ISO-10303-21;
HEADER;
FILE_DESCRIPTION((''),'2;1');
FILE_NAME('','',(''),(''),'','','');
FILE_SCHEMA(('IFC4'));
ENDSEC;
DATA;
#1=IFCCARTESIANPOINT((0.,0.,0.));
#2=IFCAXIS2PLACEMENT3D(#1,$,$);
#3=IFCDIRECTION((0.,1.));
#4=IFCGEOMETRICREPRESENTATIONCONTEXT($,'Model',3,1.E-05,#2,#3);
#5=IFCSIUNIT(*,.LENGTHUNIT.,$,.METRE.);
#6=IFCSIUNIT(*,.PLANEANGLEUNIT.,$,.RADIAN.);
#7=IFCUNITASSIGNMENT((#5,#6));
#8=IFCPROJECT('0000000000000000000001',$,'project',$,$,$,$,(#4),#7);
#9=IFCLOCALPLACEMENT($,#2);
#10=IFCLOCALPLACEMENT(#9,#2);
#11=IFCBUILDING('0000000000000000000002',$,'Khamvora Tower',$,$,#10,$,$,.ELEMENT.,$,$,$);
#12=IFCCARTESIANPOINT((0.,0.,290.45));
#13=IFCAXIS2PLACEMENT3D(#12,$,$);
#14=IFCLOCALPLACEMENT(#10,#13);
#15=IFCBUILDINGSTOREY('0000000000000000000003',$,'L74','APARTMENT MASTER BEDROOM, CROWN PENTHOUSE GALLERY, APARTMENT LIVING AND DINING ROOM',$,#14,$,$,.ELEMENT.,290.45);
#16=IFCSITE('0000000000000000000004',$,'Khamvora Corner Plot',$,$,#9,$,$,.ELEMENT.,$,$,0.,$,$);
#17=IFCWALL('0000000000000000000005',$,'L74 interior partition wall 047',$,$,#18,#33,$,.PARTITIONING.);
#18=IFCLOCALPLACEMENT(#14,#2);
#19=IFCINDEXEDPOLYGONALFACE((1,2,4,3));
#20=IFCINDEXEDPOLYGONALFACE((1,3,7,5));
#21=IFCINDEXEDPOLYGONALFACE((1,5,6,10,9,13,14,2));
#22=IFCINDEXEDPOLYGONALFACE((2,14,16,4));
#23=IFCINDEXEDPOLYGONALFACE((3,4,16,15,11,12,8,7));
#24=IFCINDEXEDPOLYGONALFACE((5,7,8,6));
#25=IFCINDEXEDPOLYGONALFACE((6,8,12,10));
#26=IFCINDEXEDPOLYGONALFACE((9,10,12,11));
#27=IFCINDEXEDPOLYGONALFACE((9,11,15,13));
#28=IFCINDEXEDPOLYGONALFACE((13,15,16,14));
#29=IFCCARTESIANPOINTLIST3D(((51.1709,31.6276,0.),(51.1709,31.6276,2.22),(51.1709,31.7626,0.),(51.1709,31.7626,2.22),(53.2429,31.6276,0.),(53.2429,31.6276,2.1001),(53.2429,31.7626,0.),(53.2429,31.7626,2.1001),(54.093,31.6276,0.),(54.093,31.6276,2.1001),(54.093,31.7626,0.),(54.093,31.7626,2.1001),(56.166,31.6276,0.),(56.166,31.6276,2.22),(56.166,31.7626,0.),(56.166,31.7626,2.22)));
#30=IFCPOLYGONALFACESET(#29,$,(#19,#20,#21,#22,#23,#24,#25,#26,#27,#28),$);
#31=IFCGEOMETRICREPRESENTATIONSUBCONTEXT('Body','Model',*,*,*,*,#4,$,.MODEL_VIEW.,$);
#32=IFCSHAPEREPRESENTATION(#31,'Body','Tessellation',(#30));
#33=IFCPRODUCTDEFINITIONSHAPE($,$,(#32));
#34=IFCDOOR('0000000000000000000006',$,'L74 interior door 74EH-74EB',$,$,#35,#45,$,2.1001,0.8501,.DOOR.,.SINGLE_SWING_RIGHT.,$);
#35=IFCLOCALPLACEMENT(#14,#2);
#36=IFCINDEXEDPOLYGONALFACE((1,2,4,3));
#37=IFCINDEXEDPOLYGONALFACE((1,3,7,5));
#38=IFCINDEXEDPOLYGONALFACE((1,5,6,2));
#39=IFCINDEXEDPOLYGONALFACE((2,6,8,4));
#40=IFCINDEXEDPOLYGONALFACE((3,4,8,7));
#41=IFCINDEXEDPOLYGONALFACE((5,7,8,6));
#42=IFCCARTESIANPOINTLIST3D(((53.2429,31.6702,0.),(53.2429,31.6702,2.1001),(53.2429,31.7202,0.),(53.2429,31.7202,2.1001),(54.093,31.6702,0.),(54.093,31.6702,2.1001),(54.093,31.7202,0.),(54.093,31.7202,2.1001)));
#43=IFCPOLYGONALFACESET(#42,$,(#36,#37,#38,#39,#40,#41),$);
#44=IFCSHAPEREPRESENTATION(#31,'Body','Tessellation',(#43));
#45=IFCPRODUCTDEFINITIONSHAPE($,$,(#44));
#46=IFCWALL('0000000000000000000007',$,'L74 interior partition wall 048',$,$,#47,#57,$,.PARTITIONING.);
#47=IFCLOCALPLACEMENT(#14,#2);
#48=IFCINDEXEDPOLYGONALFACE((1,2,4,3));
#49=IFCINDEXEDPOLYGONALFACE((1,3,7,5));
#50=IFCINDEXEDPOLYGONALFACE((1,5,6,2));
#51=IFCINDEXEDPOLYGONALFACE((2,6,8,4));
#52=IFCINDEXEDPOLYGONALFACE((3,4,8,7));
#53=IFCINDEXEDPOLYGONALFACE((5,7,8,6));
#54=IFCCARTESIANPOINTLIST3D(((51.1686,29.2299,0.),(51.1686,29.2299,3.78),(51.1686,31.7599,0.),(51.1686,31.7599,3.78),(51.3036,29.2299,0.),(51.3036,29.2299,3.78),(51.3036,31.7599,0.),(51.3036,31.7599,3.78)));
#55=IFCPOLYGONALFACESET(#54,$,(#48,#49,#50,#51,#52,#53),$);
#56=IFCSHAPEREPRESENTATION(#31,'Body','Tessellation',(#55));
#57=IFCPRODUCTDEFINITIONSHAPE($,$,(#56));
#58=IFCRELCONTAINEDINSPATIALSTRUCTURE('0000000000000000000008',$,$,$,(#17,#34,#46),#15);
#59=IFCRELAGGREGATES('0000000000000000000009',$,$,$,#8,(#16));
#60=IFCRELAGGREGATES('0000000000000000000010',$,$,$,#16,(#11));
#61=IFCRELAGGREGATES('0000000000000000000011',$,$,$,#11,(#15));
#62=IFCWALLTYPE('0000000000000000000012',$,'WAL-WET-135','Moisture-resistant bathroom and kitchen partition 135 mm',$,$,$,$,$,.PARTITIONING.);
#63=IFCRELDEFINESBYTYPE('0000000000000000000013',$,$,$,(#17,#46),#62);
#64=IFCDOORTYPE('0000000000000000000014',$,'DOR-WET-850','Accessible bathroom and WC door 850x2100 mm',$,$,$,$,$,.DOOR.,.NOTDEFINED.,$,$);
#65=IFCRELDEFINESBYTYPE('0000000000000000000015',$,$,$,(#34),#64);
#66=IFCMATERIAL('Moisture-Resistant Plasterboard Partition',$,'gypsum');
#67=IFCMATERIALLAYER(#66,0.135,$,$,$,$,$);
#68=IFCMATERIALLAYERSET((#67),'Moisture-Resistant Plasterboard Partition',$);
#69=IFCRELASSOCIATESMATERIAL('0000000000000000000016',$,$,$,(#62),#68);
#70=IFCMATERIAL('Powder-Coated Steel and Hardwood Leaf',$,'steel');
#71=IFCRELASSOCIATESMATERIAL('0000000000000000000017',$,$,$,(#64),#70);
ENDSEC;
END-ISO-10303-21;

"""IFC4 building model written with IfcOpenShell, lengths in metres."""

from ifc_helpers import new_model, si_unit, direction, frame, frame_2d, origin, place, context, subcontext, project, spatial, rectangle, extrude, material, layer, layer_set, type_object, element, fill, save


model = new_model("IFC4")

# Units and contexts
model_context = context("Model", 3, precision=1e-05, world=origin(), true_north=direction((0.0, 1.0)))
body_context = subcontext(model_context, "Body", "Model", "MODEL_VIEW")
ifc_project = project(units=[si_unit("LENGTHUNIT", "METRE"), si_unit("PLANEANGLEUNIT", "RADIAN")], contexts=[model_context])

# Site, building, storey
site_placement = place(None, origin())
site = spatial("IfcSite", under=ifc_project, at=site_placement, Name="Khamvora Corner Plot", CompositionType="ELEMENT", RefElevation=0.0)
building_placement = place(site_placement, origin())
building = spatial("IfcBuilding", under=site, at=building_placement, Name="Khamvora Tower", CompositionType="ELEMENT")
storey_placement = place(building_placement, frame((0.0, 0.0, 290.45)))
storey = spatial("IfcBuildingStorey", under=building, at=storey_placement, Name="L74", Description="APARTMENT MASTER BEDROOM, CROWN PENTHOUSE GALLERY, APARTMENT LIVING AND DINING ROOM", CompositionType="ELEMENT", Elevation=290.45)

# Shared definitions
ifc_material_1 = material(Name="Powder-Coated Steel and Hardwood Leaf", Category="steel")

# Shared definitions
ifc_material_2 = material(Name="Moisture-Resistant Plasterboard Partition", Category="gypsum")
ifc_layer_1 = layer(ifc_material_2, 0.135)
ifc_layer_set_1 = layer_set([ifc_layer_1], Name="Moisture-Resistant Plasterboard Partition")
wall_type_1 = type_object("IfcWallType", Name="WAL-WET-135", Description="Moisture-resistant bathroom and kitchen partition 135 mm", PredefinedType="PARTITIONING", material=ifc_layer_set_1)

# Wall, opening, door
wall_1_placement = place(storey_placement, frame((56.166, 31.6951, 0.0), z_axis=(0.0, 0.0, 1.0), x_axis=(-1.0, 0.0, 0.0)))
wall_1 = element("IfcWall", 1, at=wall_1_placement, inside=storey, type_object=wall_type_1, Name="L74 interior partition wall 047", PredefinedType="PARTITIONING", context=body_context, shape_type="SweptSolid", body=[
    extrude(rectangle(XDim=4.9951, YDim=0.135, at=frame_2d((2.4976, 0.0))), origin(), (0.0, 0.0, 1.0), 2.22),
])
opening_1_placement = place(wall_1_placement, frame((2.073, 0.0, 0.0)))
opening_1 = element("IfcOpeningElement", 2, at=opening_1_placement, cuts=wall_1, PredefinedType="OPENING", context=body_context, shape_type="SweptSolid", body=[
    extrude(rectangle(XDim=0.8501, YDim=2.1001, at=frame_2d((0.425, 1.05))), frame((0.0, 0.0774, 0.0), z_axis=(0.0, -1.0, 0.0), x_axis=(1.0, 0.0, 0.0)), (0.0, 0.0, 1.0), 0.155),
])
door_type_1 = type_object("IfcDoorType", Name="DOR-WET-850", Description="Accessible bathroom and WC door 850x2100 mm", OperationType="NOTDEFINED", PredefinedType="DOOR", material=ifc_material_1)
door_1_placement = place(opening_1_placement, origin())
door_1 = element("IfcDoor", 3, at=door_1_placement, inside=storey, type_object=door_type_1, Name="L74 interior door 74EH-74EB", OperationType="SINGLE_SWING_RIGHT", OverallHeight=2.1001, OverallWidth=0.8501, PredefinedType="DOOR", context=body_context, shape_type="SweptSolid", body=[
    extrude(rectangle(XDim=0.8501, YDim=2.1001, at=frame_2d((0.425, 1.05))), frame((0.0, 0.0249, 0.0), z_axis=(0.0, -1.0, 0.0), x_axis=(1.0, 0.0, 0.0)), (0.0, 0.0, 1.0), 0.05),
])
fill(opening_1, door_1)

# Wall
wall_2_placement = place(storey_placement, frame((51.2361, 31.76, 0.0), z_axis=(0.0, 0.0, 1.0), x_axis=(0.0, -1.0, 0.0)))
element("IfcWall", 4, at=wall_2_placement, inside=storey, type_object=wall_type_1, Name="L74 interior partition wall 048", PredefinedType="PARTITIONING", context=body_context, shape_type="SweptSolid", body=[
    extrude(rectangle(XDim=2.53, YDim=0.135, at=frame_2d((1.2651, 0.0))), origin(), (0.0, 0.0, 1.0), 3.78),
])

save(model, "model.ifc")
